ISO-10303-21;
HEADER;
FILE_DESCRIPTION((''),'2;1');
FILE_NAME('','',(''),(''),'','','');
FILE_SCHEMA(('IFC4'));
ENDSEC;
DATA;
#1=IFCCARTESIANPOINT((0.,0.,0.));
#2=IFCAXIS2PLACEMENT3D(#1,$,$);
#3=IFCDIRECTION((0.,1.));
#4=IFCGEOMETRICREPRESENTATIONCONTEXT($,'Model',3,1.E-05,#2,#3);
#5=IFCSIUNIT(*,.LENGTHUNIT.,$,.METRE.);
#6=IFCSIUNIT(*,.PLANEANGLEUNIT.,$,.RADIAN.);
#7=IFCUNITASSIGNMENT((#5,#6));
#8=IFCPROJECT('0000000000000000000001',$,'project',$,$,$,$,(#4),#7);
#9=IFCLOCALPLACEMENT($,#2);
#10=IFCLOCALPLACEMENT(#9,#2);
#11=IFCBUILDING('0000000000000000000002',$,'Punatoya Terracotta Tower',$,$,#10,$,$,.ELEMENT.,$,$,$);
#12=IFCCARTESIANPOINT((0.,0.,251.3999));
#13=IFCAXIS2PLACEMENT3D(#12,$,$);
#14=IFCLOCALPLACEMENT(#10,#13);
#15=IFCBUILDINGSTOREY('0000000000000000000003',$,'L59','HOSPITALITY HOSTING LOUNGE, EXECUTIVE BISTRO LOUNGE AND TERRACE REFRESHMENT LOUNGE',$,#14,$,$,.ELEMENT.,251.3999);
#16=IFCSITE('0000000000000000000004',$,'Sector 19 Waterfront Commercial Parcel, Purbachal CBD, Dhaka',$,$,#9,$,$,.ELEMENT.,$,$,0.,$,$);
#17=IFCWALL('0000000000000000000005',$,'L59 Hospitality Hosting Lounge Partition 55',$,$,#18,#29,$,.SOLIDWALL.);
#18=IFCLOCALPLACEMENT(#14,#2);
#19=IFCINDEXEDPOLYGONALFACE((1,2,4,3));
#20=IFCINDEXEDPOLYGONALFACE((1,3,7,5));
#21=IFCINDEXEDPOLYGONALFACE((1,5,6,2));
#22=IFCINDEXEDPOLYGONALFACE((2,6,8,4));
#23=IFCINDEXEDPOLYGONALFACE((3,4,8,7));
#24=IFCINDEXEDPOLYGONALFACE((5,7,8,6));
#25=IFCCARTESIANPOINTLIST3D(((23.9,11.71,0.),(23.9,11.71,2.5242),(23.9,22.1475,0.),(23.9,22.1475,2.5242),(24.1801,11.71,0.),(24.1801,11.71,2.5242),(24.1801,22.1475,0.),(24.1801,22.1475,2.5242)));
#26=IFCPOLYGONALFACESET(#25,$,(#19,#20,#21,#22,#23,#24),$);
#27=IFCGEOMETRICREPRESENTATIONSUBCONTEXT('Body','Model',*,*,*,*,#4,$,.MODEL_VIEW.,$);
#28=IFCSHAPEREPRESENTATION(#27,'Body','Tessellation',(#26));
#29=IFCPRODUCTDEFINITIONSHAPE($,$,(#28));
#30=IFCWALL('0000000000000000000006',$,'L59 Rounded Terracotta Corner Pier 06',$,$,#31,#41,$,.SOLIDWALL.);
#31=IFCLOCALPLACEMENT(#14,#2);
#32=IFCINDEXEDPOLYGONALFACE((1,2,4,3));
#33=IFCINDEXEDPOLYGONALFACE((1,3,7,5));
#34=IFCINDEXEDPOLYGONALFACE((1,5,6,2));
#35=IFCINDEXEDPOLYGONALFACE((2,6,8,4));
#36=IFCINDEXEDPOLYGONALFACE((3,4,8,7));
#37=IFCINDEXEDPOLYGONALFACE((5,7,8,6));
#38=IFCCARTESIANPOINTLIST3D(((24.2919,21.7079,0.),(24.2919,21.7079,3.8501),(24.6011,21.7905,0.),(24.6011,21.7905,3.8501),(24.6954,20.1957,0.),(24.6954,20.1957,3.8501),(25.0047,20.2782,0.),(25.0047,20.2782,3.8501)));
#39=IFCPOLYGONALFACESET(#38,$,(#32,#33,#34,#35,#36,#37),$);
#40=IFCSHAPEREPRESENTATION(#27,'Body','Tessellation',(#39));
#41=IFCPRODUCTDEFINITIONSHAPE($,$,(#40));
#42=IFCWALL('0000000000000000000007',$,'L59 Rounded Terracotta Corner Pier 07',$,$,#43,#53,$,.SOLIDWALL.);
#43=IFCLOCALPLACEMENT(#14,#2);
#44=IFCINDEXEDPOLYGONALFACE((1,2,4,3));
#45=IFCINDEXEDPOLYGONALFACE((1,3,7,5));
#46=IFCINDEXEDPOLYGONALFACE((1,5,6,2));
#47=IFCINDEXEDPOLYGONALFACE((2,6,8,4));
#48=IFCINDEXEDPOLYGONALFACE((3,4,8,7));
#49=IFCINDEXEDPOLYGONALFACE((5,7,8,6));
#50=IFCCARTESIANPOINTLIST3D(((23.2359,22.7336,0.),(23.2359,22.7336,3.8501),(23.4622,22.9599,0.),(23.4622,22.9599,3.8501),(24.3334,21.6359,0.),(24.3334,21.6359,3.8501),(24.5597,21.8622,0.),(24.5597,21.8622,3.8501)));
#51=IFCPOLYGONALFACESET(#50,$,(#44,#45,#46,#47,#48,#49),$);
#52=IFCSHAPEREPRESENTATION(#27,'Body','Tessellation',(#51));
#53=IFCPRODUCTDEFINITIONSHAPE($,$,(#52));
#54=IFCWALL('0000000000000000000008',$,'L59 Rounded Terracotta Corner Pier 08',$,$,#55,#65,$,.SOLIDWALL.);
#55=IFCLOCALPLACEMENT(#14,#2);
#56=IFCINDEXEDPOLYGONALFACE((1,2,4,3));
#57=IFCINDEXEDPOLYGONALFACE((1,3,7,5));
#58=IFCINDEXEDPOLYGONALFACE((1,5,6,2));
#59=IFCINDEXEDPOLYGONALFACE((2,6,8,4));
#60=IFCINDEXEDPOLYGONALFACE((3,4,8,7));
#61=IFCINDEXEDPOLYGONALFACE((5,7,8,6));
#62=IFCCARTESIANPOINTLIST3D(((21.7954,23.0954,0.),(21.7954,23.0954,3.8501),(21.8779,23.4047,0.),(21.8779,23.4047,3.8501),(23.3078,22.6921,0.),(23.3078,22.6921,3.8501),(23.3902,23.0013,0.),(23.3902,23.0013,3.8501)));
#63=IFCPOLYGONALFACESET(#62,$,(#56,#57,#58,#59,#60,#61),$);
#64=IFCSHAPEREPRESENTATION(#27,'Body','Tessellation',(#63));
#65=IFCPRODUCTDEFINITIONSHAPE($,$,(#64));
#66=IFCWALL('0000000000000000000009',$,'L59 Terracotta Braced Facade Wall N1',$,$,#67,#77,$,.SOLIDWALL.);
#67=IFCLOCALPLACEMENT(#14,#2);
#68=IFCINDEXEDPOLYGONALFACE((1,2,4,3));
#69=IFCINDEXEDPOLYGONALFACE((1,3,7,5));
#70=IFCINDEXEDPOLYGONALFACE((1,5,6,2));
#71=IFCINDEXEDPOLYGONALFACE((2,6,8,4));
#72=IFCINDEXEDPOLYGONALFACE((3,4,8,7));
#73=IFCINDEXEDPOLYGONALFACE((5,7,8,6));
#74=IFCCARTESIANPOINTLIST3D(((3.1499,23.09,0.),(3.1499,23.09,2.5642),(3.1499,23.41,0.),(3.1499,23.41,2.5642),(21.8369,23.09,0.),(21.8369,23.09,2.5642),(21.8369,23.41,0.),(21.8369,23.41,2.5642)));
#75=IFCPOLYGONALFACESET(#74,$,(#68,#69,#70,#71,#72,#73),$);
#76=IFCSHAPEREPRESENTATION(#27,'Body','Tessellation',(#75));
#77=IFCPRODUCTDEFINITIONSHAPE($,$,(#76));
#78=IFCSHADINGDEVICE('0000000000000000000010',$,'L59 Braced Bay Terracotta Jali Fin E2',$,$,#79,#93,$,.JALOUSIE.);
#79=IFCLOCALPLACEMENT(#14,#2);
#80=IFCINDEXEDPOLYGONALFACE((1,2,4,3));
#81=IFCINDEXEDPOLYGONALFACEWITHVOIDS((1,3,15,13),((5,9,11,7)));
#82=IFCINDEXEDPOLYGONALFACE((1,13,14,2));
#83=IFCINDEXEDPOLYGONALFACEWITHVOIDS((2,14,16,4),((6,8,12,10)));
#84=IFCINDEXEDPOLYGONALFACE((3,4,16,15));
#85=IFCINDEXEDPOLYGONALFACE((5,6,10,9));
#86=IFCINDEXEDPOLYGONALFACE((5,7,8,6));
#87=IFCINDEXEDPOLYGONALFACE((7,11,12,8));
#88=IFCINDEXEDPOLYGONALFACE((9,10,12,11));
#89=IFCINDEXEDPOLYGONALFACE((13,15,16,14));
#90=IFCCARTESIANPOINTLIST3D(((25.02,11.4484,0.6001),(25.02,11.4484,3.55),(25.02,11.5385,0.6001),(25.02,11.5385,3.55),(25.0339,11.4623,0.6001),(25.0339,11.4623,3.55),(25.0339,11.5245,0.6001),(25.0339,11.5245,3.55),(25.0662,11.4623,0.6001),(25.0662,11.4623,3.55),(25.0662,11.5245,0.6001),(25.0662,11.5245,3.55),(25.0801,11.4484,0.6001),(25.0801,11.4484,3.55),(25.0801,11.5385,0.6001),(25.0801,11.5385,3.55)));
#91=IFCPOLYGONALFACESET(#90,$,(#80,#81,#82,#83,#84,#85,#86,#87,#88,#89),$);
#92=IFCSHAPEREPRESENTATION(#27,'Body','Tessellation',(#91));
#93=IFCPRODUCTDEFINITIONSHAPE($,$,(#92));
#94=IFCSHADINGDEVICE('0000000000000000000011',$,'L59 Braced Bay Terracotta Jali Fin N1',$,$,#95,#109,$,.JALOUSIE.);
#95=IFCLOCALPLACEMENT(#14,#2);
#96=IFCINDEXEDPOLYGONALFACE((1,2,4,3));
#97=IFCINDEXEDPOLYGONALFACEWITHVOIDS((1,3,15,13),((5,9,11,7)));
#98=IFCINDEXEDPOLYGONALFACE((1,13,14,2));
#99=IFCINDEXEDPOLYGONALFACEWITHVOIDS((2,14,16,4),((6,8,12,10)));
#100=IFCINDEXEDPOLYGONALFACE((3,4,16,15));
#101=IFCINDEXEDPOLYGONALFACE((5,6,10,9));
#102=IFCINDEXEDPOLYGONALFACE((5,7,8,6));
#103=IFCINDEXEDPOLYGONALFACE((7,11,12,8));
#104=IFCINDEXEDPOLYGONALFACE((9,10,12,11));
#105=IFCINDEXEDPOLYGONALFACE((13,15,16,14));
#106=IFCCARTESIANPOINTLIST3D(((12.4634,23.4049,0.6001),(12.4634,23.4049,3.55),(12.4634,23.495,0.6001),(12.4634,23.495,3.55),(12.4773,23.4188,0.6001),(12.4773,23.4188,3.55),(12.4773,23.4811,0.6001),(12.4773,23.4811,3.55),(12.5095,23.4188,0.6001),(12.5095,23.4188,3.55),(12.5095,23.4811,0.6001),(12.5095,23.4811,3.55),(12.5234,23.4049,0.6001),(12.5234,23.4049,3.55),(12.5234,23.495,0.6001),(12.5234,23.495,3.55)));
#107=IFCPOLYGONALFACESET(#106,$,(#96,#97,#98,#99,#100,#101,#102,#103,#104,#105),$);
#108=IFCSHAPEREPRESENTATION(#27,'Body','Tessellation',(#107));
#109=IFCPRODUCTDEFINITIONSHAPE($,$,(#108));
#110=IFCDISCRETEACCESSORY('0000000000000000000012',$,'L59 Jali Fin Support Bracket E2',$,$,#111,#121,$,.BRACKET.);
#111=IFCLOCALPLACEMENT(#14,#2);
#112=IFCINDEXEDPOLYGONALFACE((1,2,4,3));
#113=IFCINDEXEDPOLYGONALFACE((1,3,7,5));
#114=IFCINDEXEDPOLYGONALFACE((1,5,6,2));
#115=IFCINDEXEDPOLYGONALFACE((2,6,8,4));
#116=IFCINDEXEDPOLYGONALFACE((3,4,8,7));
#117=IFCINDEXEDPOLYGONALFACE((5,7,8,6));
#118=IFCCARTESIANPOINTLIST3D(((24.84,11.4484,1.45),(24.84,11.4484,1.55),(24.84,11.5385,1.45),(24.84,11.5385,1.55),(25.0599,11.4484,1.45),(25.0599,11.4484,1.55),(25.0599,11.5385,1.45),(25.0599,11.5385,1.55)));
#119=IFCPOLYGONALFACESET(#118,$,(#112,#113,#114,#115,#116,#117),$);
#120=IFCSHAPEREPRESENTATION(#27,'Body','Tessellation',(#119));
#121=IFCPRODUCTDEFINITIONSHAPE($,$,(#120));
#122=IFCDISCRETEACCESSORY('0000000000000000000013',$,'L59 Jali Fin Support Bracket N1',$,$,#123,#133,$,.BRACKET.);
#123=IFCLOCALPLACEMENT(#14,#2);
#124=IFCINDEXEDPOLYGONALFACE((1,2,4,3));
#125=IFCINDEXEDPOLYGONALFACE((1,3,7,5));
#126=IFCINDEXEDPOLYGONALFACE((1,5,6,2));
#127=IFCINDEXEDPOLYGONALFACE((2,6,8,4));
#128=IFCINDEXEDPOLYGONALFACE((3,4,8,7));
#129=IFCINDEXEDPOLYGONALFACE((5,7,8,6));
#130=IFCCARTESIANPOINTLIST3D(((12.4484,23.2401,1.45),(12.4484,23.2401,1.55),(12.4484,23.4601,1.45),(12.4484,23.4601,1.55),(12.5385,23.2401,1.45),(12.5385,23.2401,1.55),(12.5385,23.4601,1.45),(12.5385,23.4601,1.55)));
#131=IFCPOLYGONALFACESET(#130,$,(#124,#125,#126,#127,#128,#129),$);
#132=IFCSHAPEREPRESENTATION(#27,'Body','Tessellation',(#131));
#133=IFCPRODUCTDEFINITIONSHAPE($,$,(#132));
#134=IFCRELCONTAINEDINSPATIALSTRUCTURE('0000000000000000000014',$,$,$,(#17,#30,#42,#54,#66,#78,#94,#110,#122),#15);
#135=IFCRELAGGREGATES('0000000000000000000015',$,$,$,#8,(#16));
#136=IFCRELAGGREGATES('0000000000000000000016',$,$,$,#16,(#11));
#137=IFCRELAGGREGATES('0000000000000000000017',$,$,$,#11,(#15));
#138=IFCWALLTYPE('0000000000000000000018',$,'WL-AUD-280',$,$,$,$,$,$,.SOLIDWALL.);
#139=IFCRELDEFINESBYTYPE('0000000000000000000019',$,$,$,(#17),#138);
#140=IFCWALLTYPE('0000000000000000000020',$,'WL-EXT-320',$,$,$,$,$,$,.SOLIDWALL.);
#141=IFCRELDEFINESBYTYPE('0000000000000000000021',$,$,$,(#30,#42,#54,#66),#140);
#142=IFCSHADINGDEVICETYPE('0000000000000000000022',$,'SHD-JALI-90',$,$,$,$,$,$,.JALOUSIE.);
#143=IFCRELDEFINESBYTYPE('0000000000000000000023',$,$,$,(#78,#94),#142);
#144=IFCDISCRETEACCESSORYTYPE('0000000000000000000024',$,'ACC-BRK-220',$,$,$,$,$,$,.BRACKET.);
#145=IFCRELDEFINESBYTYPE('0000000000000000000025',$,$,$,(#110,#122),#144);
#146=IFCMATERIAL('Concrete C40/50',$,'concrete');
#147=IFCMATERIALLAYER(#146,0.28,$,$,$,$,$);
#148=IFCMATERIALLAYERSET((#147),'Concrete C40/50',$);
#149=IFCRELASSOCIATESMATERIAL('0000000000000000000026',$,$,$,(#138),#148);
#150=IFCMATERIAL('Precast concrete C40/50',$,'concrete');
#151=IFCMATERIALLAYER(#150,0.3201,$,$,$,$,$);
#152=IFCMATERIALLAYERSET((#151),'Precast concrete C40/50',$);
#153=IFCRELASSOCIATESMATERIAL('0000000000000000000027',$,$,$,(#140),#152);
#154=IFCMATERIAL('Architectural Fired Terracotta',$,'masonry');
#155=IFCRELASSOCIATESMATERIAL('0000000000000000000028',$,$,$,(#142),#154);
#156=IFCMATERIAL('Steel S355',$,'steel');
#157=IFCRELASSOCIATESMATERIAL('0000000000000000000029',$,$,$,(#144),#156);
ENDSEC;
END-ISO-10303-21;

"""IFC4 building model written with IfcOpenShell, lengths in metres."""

from ifc_helpers import new_model, si_unit, direction, frame, frame_2d, origin, origin_2d, place, context, subcontext, project, spatial, rectangle, hollow_rectangle, extrude, material, layer, layer_set, material_profile, profile_set, type_object, element, save


model = new_model("IFC4")

# Units and contexts
model_context = context("Model", 3, precision=1e-05, world=origin(), true_north=direction((0.0, 1.0)))
body_context = subcontext(model_context, "Body", "Model", "MODEL_VIEW")
ifc_project = project(units=[si_unit("LENGTHUNIT", "METRE"), si_unit("PLANEANGLEUNIT", "RADIAN")], contexts=[model_context])

# Site, building, storey
site_placement = place(None, origin())
site = spatial("IfcSite", under=ifc_project, at=site_placement, Name="Sector 19 Waterfront Commercial Parcel, Purbachal CBD, Dhaka", CompositionType="ELEMENT", RefElevation=0.0)
building_placement = place(site_placement, origin())
building = spatial("IfcBuilding", under=site, at=building_placement, Name="Punatoya Terracotta Tower", CompositionType="ELEMENT")
storey_placement = place(building_placement, frame((0.0, 0.0, 251.3999)))
storey = spatial("IfcBuildingStorey", under=building, at=storey_placement, Name="L59", Description="HOSPITALITY HOSTING LOUNGE, EXECUTIVE BISTRO LOUNGE AND TERRACE REFRESHMENT LOUNGE", CompositionType="ELEMENT", Elevation=251.3999)

# Shared definitions
ifc_material_1 = material(Name="Steel S355", Category="steel")

# Shared definitions
ifc_material_2 = material(Name="Concrete C40/50", Category="concrete")
ifc_layer_1 = layer(ifc_material_2, 0.28)
ifc_layer_set_1 = layer_set([ifc_layer_1], Name="Concrete C40/50")
wall_type_1 = type_object("IfcWallType", Name="WL-AUD-280", PredefinedType="SOLIDWALL", material=ifc_layer_set_1)

# Walls
wall_1_placement = place(storey_placement, frame((24.04, 22.1475, 0.0), z_axis=(0.0, 0.0, 1.0), x_axis=(0.0, -1.0, 0.0)))
element("IfcWall", 1, at=wall_1_placement, inside=storey, type_object=wall_type_1, Name="L59 Hospitality Hosting Lounge Partition 55", PredefinedType="SOLIDWALL", context=body_context, shape_type="SweptSolid", body=[
    extrude(rectangle(XDim=10.4375, YDim=0.28, at=frame_2d((5.2188, 0.0))), origin(), (0.0, 0.0, 1.0), 2.5242),
])
ifc_material_3 = material(Name="Precast concrete C40/50", Category="concrete")
ifc_layer_2 = layer(ifc_material_3, 0.3201)
ifc_layer_set_2 = layer_set([ifc_layer_2], Name="Precast concrete C40/50")
wall_type_2 = type_object("IfcWallType", Name="WL-EXT-320", PredefinedType="SOLIDWALL", material=ifc_layer_set_2)
wall_2_placement = place(storey_placement, frame((24.8501, 20.2368, 0.0), z_axis=(0.0, 0.0, 1.0), x_axis=(-0.257847, 0.966186, 0.0)))
element("IfcWall", 2, at=wall_2_placement, inside=storey, type_object=wall_type_2, Name="L59 Rounded Terracotta Corner Pier 06", PredefinedType="SOLIDWALL", context=body_context, shape_type="SweptSolid", body=[
    extrude(rectangle(XDim=1.5652, YDim=0.3201, at=frame_2d((0.7827, 0.0))), origin(), (0.0, 0.0, 1.0), 3.8501),
])
wall_3_placement = place(storey_placement, frame((24.4465, 21.749, 0.0), z_axis=(0.0, 0.0, 1.0), x_axis=(-0.707028, 0.707185, 0.0)))
element("IfcWall", 3, at=wall_3_placement, inside=storey, type_object=wall_type_2, Name="L59 Rounded Terracotta Corner Pier 07", PredefinedType="SOLIDWALL", context=body_context, shape_type="SweptSolid", body=[
    extrude(rectangle(XDim=1.5522, YDim=0.3201, at=frame_2d((0.7761, 0.0))), origin(), (0.0, 0.0, 1.0), 3.8501),
])
wall_4_placement = place(storey_placement, frame((23.3491, 22.8467, 0.0), z_axis=(0.0, 0.0, 1.0), x_axis=(-0.966225, 0.257701, 0.0)))
element("IfcWall", 4, at=wall_4_placement, inside=storey, type_object=wall_type_2, Name="L59 Rounded Terracotta Corner Pier 08", PredefinedType="SOLIDWALL", context=body_context, shape_type="SweptSolid", body=[
    extrude(rectangle(XDim=1.5652, YDim=0.3201, at=frame_2d((0.7827, 0.0))), origin(), (0.0, 0.0, 1.0), 3.8501),
])
wall_5_placement = place(storey_placement, frame((21.8369, 23.25, 0.0), z_axis=(0.0, 0.0, 1.0), x_axis=(-1.0, 0.0, 0.0)))
element("IfcWall", 5, at=wall_5_placement, inside=storey, type_object=wall_type_2, Name="L59 Terracotta Braced Facade Wall N1", PredefinedType="SOLIDWALL", context=body_context, shape_type="SweptSolid", body=[
    extrude(rectangle(XDim=18.687, YDim=0.3201, at=frame_2d((9.3435, 0.0))), origin(), (0.0, 0.0, 1.0), 2.5642),
])

# Shading devices
ifc_material_4 = material(Name="Architectural Fired Terracotta", Category="masonry")
ifc_material_profile_1 = material_profile(ifc_material_4, hollow_rectangle(XDim=0.0601, YDim=0.0901, WallThickness=0.0139, at=origin_2d()))
ifc_profile_set_1 = profile_set([ifc_material_profile_1], Name="Architectural Fired Terracotta")
shading_device_type = type_object("IfcShadingDeviceType", Name="SHD-JALI-90", PredefinedType="JALOUSIE", material=ifc_profile_set_1)
for number, where, z_axis, x_axis, name in (
    (6, (25.05, 11.4934, 0.6001), (0.0, 0.0, 1.0), (1.0, 0.0, 0.0), "L59 Braced Bay Terracotta Jali Fin E2"),
    (7, (12.4934, 23.45, 0.6001), (0.0, 0.0, 1.0), (1.0, 0.0, 0.0), "L59 Braced Bay Terracotta Jali Fin N1"),
):
    element("IfcShadingDevice", number, at=place(storey_placement, frame(where, z_axis=z_axis, x_axis=x_axis)), inside=storey, type_object=shading_device_type, Name=name, PredefinedType="JALOUSIE", context=body_context, shape_type="SweptSolid", body=[
        extrude(hollow_rectangle(XDim=0.0601, YDim=0.0901, WallThickness=0.0139, at=origin_2d()), origin(), (0.0, 0.0, 1.0), 2.95),
    ])

# Discrete accessories
discrete_accessory_type = type_object("IfcDiscreteAccessoryType", Name="ACC-BRK-220", PredefinedType="BRACKET", material=ifc_material_1)
for number, where, z_axis, x_axis, name in (
    (8, (24.95, 11.4934, 1.45), (0.0, 0.0, 1.0), (0.0, 1.0, 0.0), "L59 Jali Fin Support Bracket E2"),
    (9, (12.4934, 23.3501, 1.45), (0.0, 0.0, 1.0), (-1.0, 0.0, 0.0), "L59 Jali Fin Support Bracket N1"),
):
    element("IfcDiscreteAccessory", number, at=place(storey_placement, frame(where, z_axis=z_axis, x_axis=x_axis)), inside=storey, type_object=discrete_accessory_type, Name=name, PredefinedType="BRACKET", context=body_context, shape_type="SweptSolid", body=[
        extrude(rectangle(XDim=0.0901, YDim=0.22, at=origin_2d()), origin(), (0.0, 0.0, 1.0), 0.1001),
    ])

save(model, "model.ifc")
